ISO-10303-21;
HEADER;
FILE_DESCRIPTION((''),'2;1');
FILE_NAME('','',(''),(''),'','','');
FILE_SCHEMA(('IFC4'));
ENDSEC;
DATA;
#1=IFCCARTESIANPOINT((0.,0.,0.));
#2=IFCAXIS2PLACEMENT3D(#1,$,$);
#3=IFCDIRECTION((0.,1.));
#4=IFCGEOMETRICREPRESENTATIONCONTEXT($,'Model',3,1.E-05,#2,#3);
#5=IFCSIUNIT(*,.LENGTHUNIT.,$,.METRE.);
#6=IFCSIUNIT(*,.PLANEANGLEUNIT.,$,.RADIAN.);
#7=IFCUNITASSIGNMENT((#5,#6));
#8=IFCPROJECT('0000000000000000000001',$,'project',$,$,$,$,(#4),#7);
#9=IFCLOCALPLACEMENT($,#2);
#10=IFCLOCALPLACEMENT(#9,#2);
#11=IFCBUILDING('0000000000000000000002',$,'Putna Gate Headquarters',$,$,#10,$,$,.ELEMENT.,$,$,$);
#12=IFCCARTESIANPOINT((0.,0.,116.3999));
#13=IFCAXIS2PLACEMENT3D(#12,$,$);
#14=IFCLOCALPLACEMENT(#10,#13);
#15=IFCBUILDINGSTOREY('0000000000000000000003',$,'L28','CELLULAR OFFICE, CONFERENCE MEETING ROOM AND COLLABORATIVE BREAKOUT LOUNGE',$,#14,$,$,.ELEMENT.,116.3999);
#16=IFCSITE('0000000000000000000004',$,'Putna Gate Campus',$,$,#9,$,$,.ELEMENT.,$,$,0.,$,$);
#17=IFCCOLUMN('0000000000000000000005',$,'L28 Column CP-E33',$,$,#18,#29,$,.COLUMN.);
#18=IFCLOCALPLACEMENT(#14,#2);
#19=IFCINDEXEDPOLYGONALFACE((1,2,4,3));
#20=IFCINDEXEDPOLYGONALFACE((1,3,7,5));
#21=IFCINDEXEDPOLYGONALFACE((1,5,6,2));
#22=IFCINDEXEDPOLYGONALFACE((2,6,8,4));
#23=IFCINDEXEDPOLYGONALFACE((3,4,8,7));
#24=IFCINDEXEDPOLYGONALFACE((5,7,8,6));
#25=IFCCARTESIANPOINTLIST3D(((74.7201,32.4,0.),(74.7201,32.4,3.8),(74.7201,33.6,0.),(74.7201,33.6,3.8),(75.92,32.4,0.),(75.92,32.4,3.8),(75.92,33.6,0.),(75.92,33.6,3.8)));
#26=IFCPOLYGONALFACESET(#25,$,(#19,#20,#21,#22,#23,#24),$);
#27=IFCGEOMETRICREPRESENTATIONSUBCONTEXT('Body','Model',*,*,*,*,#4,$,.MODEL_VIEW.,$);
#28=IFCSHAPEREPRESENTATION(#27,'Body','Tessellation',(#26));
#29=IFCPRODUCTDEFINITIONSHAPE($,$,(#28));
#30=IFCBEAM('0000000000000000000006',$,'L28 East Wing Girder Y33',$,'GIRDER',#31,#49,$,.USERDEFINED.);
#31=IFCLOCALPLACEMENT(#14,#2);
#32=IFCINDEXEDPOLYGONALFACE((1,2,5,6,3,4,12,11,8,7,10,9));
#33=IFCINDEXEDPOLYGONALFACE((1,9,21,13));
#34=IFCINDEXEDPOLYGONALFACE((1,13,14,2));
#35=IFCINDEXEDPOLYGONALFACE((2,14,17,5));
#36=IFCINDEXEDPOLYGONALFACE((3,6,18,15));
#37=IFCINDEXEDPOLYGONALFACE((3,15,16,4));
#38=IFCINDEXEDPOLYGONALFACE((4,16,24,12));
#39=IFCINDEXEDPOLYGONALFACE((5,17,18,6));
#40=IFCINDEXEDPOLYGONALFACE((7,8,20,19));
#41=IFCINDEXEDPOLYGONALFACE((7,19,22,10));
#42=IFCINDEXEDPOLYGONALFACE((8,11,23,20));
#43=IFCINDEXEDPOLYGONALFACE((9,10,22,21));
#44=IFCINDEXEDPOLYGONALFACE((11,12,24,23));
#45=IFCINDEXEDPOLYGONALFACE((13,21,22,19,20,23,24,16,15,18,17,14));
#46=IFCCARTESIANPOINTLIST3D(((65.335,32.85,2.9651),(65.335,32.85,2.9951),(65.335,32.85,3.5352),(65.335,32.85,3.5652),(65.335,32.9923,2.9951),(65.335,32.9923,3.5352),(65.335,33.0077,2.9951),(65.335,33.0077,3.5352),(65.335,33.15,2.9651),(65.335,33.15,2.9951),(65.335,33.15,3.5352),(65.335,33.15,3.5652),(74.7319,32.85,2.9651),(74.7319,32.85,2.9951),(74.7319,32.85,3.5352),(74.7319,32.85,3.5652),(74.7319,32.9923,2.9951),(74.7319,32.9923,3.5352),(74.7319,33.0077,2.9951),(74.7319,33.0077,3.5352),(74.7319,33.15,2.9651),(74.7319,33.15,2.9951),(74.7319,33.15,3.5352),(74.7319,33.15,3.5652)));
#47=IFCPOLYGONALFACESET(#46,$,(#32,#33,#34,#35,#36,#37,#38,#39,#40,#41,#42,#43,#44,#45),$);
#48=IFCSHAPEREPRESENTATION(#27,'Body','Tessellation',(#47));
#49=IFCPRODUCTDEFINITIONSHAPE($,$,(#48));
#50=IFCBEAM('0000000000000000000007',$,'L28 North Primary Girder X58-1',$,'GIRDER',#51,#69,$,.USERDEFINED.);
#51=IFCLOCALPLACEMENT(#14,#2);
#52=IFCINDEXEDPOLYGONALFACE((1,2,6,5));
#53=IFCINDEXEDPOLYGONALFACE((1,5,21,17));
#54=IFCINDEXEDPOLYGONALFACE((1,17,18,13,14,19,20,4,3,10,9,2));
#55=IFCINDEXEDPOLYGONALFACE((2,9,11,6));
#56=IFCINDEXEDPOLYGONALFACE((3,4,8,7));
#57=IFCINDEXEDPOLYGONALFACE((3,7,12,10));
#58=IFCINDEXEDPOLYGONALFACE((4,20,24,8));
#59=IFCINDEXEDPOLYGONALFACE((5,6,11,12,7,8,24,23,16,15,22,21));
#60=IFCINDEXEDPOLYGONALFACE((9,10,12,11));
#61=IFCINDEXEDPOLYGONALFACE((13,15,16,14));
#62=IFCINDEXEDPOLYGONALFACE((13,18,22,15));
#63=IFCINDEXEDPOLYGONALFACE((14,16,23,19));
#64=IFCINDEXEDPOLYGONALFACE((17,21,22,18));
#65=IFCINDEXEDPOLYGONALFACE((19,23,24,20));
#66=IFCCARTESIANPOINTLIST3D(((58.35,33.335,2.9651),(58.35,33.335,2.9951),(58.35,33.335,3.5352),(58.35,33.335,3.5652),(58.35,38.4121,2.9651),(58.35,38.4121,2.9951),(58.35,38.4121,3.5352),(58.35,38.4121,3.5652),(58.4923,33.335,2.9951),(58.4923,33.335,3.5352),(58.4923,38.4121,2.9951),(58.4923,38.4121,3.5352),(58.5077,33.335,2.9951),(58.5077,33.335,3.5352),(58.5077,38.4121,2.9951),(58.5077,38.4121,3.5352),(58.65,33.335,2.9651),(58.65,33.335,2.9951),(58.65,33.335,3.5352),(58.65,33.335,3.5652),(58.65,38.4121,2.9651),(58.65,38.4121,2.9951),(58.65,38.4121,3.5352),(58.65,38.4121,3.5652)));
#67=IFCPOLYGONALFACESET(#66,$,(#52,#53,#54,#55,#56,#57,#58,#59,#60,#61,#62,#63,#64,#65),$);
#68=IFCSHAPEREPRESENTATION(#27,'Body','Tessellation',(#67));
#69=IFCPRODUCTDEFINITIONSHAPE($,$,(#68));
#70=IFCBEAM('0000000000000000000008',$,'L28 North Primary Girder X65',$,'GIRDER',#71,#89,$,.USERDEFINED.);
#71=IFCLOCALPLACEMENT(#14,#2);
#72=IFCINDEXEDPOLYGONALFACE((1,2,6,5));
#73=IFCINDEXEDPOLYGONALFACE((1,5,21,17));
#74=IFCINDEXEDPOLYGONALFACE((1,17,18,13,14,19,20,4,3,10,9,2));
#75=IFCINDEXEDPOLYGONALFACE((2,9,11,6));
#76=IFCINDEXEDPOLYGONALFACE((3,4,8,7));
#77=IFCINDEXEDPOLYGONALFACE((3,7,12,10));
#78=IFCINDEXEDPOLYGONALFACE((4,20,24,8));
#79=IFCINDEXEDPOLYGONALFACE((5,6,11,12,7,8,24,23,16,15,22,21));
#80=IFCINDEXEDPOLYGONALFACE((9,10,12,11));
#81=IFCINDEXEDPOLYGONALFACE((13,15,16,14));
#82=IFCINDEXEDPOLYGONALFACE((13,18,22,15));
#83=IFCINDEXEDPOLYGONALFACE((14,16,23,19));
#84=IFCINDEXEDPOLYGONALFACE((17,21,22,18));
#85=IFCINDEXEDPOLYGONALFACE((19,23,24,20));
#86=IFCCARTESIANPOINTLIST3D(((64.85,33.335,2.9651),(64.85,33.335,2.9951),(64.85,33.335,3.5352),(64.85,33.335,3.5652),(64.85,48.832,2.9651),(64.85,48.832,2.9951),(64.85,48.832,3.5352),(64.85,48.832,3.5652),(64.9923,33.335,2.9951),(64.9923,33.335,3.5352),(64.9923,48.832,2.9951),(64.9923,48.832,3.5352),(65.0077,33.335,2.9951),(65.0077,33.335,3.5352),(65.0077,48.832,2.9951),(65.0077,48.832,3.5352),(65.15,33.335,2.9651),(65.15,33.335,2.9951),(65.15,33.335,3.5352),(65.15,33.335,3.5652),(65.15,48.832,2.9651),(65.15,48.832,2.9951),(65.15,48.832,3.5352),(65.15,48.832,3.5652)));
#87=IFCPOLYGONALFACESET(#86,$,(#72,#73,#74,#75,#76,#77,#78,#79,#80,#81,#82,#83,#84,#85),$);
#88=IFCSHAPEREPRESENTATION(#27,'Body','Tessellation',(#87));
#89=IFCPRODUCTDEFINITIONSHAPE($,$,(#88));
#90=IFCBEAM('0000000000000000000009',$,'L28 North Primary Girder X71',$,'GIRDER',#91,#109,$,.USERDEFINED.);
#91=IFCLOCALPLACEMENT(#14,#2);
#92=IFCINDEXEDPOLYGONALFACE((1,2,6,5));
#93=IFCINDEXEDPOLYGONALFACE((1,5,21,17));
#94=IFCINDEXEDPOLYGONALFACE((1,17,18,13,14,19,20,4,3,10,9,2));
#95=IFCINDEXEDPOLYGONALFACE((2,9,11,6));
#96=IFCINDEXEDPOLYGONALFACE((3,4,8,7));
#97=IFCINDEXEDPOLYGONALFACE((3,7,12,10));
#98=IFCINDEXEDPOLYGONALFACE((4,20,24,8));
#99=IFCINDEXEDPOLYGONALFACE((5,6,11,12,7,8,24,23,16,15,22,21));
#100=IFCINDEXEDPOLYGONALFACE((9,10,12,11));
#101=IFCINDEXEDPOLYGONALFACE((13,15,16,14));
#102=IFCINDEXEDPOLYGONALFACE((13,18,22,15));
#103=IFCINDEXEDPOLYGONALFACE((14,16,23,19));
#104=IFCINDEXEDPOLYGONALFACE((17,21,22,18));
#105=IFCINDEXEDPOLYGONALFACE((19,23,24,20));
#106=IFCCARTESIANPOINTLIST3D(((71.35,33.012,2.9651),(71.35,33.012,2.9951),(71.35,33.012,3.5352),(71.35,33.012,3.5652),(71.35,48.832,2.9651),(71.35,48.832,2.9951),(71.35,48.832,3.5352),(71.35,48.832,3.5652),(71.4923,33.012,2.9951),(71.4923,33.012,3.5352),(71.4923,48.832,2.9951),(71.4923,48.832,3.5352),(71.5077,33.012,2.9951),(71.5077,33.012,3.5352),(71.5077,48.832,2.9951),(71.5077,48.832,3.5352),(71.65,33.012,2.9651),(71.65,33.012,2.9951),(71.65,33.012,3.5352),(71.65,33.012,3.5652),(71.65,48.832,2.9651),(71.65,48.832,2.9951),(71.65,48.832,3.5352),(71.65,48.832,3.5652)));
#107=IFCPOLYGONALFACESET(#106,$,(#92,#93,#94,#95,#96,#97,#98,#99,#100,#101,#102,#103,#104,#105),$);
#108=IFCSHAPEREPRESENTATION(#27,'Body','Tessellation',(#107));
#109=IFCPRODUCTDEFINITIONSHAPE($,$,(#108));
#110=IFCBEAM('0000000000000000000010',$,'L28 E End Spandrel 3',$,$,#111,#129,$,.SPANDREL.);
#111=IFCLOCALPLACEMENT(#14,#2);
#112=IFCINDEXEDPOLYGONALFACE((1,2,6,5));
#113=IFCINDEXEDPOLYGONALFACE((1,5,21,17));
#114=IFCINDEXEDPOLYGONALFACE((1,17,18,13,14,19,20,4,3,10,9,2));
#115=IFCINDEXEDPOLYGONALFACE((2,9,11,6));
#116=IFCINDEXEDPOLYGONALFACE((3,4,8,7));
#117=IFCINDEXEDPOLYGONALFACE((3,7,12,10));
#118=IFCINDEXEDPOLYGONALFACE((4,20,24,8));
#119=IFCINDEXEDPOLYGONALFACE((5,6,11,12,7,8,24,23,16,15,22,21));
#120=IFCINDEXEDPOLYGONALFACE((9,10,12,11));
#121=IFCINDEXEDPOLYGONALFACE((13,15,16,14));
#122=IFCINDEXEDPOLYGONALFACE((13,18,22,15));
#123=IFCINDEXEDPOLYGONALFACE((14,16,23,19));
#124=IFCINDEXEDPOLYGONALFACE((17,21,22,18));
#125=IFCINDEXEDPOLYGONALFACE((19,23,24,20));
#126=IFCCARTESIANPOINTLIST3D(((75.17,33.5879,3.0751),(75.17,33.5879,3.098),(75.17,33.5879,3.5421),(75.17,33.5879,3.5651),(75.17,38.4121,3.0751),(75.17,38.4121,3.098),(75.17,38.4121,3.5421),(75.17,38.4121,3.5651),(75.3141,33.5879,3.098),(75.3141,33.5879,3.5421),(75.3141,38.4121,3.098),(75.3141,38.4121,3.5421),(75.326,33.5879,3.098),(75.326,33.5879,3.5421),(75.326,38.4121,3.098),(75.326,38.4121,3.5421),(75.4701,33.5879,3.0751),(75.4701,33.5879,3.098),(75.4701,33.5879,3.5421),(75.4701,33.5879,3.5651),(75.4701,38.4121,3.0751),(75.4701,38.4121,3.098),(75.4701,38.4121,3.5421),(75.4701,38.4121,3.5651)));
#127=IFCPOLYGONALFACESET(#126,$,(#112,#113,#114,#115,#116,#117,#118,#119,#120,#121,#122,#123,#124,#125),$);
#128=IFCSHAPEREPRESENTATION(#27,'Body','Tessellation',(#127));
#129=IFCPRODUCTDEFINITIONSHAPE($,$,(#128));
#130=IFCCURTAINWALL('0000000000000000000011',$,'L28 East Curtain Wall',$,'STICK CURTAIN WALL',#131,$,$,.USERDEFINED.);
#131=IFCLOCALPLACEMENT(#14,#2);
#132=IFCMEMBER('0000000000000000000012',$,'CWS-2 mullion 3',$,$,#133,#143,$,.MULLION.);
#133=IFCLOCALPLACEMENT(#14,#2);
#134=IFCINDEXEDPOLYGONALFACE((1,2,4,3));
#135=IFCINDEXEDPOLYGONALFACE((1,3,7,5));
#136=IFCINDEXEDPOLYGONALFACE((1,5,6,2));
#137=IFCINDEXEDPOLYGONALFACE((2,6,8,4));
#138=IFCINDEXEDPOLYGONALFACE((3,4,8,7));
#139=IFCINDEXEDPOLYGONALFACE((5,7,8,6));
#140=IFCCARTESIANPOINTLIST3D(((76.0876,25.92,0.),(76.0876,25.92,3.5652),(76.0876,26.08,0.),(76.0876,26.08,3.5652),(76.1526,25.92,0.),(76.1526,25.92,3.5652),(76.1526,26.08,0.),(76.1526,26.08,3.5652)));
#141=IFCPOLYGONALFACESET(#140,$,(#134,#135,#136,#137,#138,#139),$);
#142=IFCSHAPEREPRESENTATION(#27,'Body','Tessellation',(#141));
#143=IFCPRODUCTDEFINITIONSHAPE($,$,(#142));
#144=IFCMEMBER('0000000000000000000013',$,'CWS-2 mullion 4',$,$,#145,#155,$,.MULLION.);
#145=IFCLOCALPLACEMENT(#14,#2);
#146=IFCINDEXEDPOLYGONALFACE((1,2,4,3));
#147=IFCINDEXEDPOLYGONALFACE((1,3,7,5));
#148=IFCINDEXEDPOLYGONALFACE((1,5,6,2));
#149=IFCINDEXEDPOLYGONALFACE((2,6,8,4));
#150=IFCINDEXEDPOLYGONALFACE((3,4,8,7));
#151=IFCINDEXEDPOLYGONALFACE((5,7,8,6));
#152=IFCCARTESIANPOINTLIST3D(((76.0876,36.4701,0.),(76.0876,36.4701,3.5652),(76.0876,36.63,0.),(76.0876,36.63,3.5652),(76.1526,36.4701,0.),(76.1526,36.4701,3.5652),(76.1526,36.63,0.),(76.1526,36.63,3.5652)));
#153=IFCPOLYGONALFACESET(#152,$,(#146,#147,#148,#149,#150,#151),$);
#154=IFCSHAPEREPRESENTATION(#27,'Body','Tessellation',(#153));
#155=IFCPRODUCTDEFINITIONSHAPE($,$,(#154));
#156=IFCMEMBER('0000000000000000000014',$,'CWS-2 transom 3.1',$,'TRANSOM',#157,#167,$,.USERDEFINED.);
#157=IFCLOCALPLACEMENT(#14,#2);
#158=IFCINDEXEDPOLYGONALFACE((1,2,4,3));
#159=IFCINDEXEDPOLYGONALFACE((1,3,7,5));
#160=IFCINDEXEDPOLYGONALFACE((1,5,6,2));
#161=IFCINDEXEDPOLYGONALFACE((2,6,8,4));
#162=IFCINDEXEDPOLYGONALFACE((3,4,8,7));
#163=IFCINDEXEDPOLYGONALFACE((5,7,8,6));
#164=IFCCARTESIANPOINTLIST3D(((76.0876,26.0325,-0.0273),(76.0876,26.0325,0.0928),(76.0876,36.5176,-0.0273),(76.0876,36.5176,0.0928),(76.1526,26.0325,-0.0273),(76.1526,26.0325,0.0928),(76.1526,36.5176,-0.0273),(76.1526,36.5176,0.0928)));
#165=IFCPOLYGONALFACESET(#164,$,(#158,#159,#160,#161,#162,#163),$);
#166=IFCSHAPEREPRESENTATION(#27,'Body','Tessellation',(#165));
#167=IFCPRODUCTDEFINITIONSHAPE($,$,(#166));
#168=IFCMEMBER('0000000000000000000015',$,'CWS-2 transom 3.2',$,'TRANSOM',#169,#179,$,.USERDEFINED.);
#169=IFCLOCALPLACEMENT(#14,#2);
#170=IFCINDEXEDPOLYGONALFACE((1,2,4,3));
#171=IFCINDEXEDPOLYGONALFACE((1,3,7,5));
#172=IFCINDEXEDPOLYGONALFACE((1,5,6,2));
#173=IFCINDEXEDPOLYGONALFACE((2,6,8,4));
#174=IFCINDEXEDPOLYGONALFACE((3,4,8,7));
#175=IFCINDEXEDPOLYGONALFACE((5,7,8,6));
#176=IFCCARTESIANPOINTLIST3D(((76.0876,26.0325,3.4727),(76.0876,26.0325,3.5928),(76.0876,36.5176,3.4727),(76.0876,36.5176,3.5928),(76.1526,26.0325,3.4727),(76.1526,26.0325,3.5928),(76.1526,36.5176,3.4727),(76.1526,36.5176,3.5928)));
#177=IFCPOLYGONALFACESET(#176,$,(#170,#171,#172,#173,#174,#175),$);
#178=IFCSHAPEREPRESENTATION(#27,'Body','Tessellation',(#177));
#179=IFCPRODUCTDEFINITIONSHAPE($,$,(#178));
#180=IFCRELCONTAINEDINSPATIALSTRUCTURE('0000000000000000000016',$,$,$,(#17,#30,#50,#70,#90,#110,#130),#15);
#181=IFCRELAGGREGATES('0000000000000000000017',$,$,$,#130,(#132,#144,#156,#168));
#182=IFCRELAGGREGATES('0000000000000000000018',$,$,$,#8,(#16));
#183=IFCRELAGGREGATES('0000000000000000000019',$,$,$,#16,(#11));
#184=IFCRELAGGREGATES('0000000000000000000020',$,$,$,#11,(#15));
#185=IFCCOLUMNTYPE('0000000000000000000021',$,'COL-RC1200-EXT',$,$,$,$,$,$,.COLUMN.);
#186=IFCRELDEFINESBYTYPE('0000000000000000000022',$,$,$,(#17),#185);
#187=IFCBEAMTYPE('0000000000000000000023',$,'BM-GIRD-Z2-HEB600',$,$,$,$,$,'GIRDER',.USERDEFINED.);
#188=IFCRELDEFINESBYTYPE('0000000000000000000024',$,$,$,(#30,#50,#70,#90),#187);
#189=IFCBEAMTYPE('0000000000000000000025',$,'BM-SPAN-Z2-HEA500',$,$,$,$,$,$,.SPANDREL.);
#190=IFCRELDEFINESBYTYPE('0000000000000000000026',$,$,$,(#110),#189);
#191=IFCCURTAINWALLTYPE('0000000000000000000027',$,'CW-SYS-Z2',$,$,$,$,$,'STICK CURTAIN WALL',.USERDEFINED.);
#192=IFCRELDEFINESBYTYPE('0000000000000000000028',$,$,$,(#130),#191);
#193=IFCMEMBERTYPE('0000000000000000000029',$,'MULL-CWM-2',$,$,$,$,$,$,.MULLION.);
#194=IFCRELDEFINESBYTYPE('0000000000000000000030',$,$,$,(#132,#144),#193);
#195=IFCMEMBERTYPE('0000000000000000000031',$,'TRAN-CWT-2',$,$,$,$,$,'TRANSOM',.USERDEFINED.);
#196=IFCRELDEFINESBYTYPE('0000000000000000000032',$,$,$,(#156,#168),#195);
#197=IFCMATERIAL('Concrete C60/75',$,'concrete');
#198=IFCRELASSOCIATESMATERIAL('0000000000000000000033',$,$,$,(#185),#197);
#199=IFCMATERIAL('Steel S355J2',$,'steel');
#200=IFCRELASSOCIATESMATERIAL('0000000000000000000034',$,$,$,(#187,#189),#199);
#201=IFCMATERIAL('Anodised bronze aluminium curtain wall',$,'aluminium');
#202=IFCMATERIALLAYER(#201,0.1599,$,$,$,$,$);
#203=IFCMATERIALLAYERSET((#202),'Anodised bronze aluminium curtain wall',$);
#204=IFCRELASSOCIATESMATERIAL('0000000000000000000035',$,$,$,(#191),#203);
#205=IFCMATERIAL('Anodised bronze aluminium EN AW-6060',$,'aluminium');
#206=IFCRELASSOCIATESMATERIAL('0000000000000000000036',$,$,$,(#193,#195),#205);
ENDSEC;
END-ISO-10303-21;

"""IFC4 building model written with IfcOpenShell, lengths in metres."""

from ifc_helpers import new_model, si_unit, direction, frame, origin, origin_2d, place, context, subcontext, project, spatial, rectangle, i_section, extrude, material, layer, layer_set, material_profile, profile_set, type_object, element, aggregate, save


model = new_model("IFC4")

# Units and contexts
model_context = context("Model", 3, precision=1e-05, world=origin(), true_north=direction((0.0, 1.0)))
body_context = subcontext(model_context, "Body", "Model", "MODEL_VIEW")
ifc_project = project(units=[si_unit("LENGTHUNIT", "METRE"), si_unit("PLANEANGLEUNIT", "RADIAN")], contexts=[model_context])

# Site, building, storey
site_placement = place(None, origin())
site = spatial("IfcSite", under=ifc_project, at=site_placement, Name="Putna Gate Campus", CompositionType="ELEMENT", RefElevation=0.0)
building_placement = place(site_placement, origin())
building = spatial("IfcBuilding", under=site, at=building_placement, Name="Putna Gate Headquarters", CompositionType="ELEMENT")
storey_placement = place(building_placement, frame((0.0, 0.0, 116.3999)))
storey = spatial("IfcBuildingStorey", under=building, at=storey_placement, Name="L28", Description="CELLULAR OFFICE, CONFERENCE MEETING ROOM AND COLLABORATIVE BREAKOUT LOUNGE", CompositionType="ELEMENT", Elevation=116.3999)

# Column
ifc_material_1 = material(Name="Concrete C60/75", Category="concrete")
ifc_material_profile_1 = material_profile(ifc_material_1, rectangle(XDim=1.2, YDim=1.2, at=origin_2d()), Name="Concrete C60/75")
ifc_profile_set_1 = profile_set([ifc_material_profile_1], Name="Concrete C60/75")
column_type = type_object("IfcColumnType", Name="COL-RC1200-EXT", PredefinedType="COLUMN", material=ifc_profile_set_1)
column_placement = place(storey_placement, frame((75.3201, 33.0, 0.0), z_axis=(0.0, 0.0, 1.0), x_axis=(1.0, 0.0, 0.0)))
element("IfcColumn", 1, at=column_placement, inside=storey, type_object=column_type, Name="L28 Column CP-E33", PredefinedType="COLUMN", context=body_context, shape_type="SweptSolid", body=[
    extrude(rectangle(XDim=1.2, YDim=1.2, at=origin_2d()), origin(), (0.0, 0.0, 1.0), 3.8),
])

# Beams
ifc_material_2 = material(Name="Steel S355J2", Category="steel")
ifc_material_profile_2 = material_profile(ifc_material_2, i_section(OverallWidth=0.3, OverallDepth=0.6001, WebThickness=0.0154, FlangeThickness=0.03, at=origin_2d()), Name="Steel S355J2")
ifc_profile_set_2 = profile_set([ifc_material_profile_2], Name="Steel S355J2")
beam_type_1 = type_object("IfcBeamType", Name="BM-GIRD-Z2-HEB600", ElementType="GIRDER", PredefinedType="USERDEFINED", material=ifc_profile_set_2)
beam_1_placement = place(storey_placement, frame((65.335, 33.0, 3.2651), z_axis=(1.0, 0.0, 0.0), x_axis=(0.0, 1.0, 0.0)))
element("IfcBeam", 2, at=beam_1_placement, inside=storey, type_object=beam_type_1, Name="L28 East Wing Girder Y33", ObjectType="GIRDER", PredefinedType="USERDEFINED", context=body_context, shape_type="SweptSolid", body=[
    extrude(i_section(OverallWidth=0.3, OverallDepth=0.6001, WebThickness=0.0154, FlangeThickness=0.03, at=origin_2d()), origin(), (0.0, 0.0, 1.0), 9.397),
])
beam_2_placement = place(storey_placement, frame((58.5, 33.335, 3.2651), z_axis=(0.0, 1.0, 0.0), x_axis=(-1.0, 0.0, 0.0)))
element("IfcBeam", 3, at=beam_2_placement, inside=storey, type_object=beam_type_1, Name="L28 North Primary Girder X58-1", ObjectType="GIRDER", PredefinedType="USERDEFINED", context=body_context, shape_type="SweptSolid", body=[
    extrude(i_section(OverallWidth=0.3, OverallDepth=0.6001, WebThickness=0.0154, FlangeThickness=0.03, at=origin_2d()), origin(), (0.0, 0.0, 1.0), 5.0771),
])
beam_3_placement = place(storey_placement, frame((65.0, 33.335, 3.2651), z_axis=(0.0, 1.0, 0.0), x_axis=(-1.0, 0.0, 0.0)))
element("IfcBeam", 4, at=beam_3_placement, inside=storey, type_object=beam_type_1, Name="L28 North Primary Girder X65", ObjectType="GIRDER", PredefinedType="USERDEFINED", context=body_context, shape_type="SweptSolid", body=[
    extrude(i_section(OverallWidth=0.3, OverallDepth=0.6001, WebThickness=0.0154, FlangeThickness=0.03, at=origin_2d()), origin(), (0.0, 0.0, 1.0), 15.4971),
])
beam_4_placement = place(storey_placement, frame((71.5, 33.012, 3.2651), z_axis=(0.0, 1.0, 0.0), x_axis=(-1.0, 0.0, 0.0)))
element("IfcBeam", 5, at=beam_4_placement, inside=storey, type_object=beam_type_1, Name="L28 North Primary Girder X71", ObjectType="GIRDER", PredefinedType="USERDEFINED", context=body_context, shape_type="SweptSolid", body=[
    extrude(i_section(OverallWidth=0.3, OverallDepth=0.6001, WebThickness=0.0154, FlangeThickness=0.03, at=origin_2d()), origin(), (0.0, 0.0, 1.0), 15.8201),
])
ifc_material_profile_3 = material_profile(ifc_material_2, i_section(OverallWidth=0.3, OverallDepth=0.49, WebThickness=0.012, FlangeThickness=0.0229, at=origin_2d()), Name="Steel S355J2")
ifc_profile_set_3 = profile_set([ifc_material_profile_3], Name="Steel S355J2")
beam_type_2 = type_object("IfcBeamType", Name="BM-SPAN-Z2-HEA500", PredefinedType="SPANDREL", material=ifc_profile_set_3)
beam_5_placement = place(storey_placement, frame((75.3201, 33.5879, 3.3201), z_axis=(0.0, 1.0, 0.0), x_axis=(-1.0, 0.0, 0.0)))
element("IfcBeam", 6, at=beam_5_placement, inside=storey, type_object=beam_type_2, Name="L28 E End Spandrel 3", PredefinedType="SPANDREL", context=body_context, shape_type="SweptSolid", body=[
    extrude(i_section(OverallWidth=0.3, OverallDepth=0.49, WebThickness=0.012, FlangeThickness=0.0229, at=origin_2d()), origin(), (0.0, 0.0, 1.0), 4.8242),
])

# Curtain wall, members
ifc_material_3 = material(Name="Anodised bronze aluminium curtain wall", Category="aluminium")
ifc_layer_1 = layer(ifc_material_3, 0.1599)
ifc_layer_set_1 = layer_set([ifc_layer_1], Name="Anodised bronze aluminium curtain wall")
curtain_wall_type = type_object("IfcCurtainWallType", Name="CW-SYS-Z2", ElementType="STICK CURTAIN WALL", PredefinedType="USERDEFINED", material=ifc_layer_set_1)
curtain_wall_placement = place(storey_placement, origin())
curtain_wall = element("IfcCurtainWall", 7, at=curtain_wall_placement, inside=storey, type_object=curtain_wall_type, Name="L28 East Curtain Wall", ObjectType="STICK CURTAIN WALL", PredefinedType="USERDEFINED")
ifc_material_4 = material(Name="Anodised bronze aluminium EN AW-6060", Category="aluminium")
ifc_material_profile_4 = material_profile(ifc_material_4, rectangle(XDim=0.0649, YDim=0.1599, at=origin_2d()), Name="Anodised bronze aluminium EN AW-6060")
ifc_profile_set_4 = profile_set([ifc_material_profile_4], Name="Anodised bronze aluminium EN AW-6060")
member_type_1 = type_object("IfcMemberType", Name="MULL-CWM-2", PredefinedType="MULLION", material=ifc_profile_set_4)
member_1_placement = place(storey_placement, frame((76.1201, 26.0, 0.0), z_axis=(0.0, 0.0, 1.0), x_axis=(-1.0, 0.0, 0.0)))
member_1 = element("IfcMember", 8, at=member_1_placement, type_object=member_type_1, Name="CWS-2 mullion 3", PredefinedType="MULLION", context=body_context, shape_type="SweptSolid", body=[
    extrude(rectangle(XDim=0.0649, YDim=0.1599, at=origin_2d()), origin(), (0.0, 0.0, 1.0), 3.5652),
])
member_2_placement = place(storey_placement, frame((76.1201, 36.55, 0.0), z_axis=(0.0, 0.0, 1.0), x_axis=(-1.0, 0.0, 0.0)))
member_2 = element("IfcMember", 9, at=member_2_placement, type_object=member_type_1, Name="CWS-2 mullion 4", PredefinedType="MULLION", context=body_context, shape_type="SweptSolid", body=[
    extrude(rectangle(XDim=0.0649, YDim=0.1599, at=origin_2d()), origin(), (0.0, 0.0, 1.0), 3.5652),
])
ifc_material_profile_5 = material_profile(ifc_material_4, rectangle(XDim=0.0649, YDim=0.1201, at=origin_2d()), Name="Anodised bronze aluminium EN AW-6060")
ifc_profile_set_5 = profile_set([ifc_material_profile_5], Name="Anodised bronze aluminium EN AW-6060")
member_type_2 = type_object("IfcMemberType", Name="TRAN-CWT-2", ElementType="TRANSOM", PredefinedType="USERDEFINED", material=ifc_profile_set_5)
member_3_placement = place(storey_placement, frame((76.1201, 26.0325, 0.0327), z_axis=(0.0, 1.0, 0.0), x_axis=(-1.0, 0.0, 0.0)))
member_3 = element("IfcMember", 10, at=member_3_placement, type_object=member_type_2, Name="CWS-2 transom 3.1", ObjectType="TRANSOM", PredefinedType="USERDEFINED", context=body_context, shape_type="SweptSolid", body=[
    extrude(rectangle(XDim=0.0649, YDim=0.1201, at=origin_2d()), origin(), (0.0, 0.0, 1.0), 10.4851),
])
member_4_placement = place(storey_placement, frame((76.1201, 26.0325, 3.5327), z_axis=(0.0, 1.0, 0.0), x_axis=(-1.0, 0.0, 0.0)))
member_4 = element("IfcMember", 11, at=member_4_placement, type_object=member_type_2, Name="CWS-2 transom 3.2", ObjectType="TRANSOM", PredefinedType="USERDEFINED", context=body_context, shape_type="SweptSolid", body=[
    extrude(rectangle(XDim=0.0649, YDim=0.1201, at=origin_2d()), origin(), (0.0, 0.0, 1.0), 10.4851),
])
aggregate(curtain_wall, [member_1, member_2, member_3, member_4])

save(model, "model.ifc")
